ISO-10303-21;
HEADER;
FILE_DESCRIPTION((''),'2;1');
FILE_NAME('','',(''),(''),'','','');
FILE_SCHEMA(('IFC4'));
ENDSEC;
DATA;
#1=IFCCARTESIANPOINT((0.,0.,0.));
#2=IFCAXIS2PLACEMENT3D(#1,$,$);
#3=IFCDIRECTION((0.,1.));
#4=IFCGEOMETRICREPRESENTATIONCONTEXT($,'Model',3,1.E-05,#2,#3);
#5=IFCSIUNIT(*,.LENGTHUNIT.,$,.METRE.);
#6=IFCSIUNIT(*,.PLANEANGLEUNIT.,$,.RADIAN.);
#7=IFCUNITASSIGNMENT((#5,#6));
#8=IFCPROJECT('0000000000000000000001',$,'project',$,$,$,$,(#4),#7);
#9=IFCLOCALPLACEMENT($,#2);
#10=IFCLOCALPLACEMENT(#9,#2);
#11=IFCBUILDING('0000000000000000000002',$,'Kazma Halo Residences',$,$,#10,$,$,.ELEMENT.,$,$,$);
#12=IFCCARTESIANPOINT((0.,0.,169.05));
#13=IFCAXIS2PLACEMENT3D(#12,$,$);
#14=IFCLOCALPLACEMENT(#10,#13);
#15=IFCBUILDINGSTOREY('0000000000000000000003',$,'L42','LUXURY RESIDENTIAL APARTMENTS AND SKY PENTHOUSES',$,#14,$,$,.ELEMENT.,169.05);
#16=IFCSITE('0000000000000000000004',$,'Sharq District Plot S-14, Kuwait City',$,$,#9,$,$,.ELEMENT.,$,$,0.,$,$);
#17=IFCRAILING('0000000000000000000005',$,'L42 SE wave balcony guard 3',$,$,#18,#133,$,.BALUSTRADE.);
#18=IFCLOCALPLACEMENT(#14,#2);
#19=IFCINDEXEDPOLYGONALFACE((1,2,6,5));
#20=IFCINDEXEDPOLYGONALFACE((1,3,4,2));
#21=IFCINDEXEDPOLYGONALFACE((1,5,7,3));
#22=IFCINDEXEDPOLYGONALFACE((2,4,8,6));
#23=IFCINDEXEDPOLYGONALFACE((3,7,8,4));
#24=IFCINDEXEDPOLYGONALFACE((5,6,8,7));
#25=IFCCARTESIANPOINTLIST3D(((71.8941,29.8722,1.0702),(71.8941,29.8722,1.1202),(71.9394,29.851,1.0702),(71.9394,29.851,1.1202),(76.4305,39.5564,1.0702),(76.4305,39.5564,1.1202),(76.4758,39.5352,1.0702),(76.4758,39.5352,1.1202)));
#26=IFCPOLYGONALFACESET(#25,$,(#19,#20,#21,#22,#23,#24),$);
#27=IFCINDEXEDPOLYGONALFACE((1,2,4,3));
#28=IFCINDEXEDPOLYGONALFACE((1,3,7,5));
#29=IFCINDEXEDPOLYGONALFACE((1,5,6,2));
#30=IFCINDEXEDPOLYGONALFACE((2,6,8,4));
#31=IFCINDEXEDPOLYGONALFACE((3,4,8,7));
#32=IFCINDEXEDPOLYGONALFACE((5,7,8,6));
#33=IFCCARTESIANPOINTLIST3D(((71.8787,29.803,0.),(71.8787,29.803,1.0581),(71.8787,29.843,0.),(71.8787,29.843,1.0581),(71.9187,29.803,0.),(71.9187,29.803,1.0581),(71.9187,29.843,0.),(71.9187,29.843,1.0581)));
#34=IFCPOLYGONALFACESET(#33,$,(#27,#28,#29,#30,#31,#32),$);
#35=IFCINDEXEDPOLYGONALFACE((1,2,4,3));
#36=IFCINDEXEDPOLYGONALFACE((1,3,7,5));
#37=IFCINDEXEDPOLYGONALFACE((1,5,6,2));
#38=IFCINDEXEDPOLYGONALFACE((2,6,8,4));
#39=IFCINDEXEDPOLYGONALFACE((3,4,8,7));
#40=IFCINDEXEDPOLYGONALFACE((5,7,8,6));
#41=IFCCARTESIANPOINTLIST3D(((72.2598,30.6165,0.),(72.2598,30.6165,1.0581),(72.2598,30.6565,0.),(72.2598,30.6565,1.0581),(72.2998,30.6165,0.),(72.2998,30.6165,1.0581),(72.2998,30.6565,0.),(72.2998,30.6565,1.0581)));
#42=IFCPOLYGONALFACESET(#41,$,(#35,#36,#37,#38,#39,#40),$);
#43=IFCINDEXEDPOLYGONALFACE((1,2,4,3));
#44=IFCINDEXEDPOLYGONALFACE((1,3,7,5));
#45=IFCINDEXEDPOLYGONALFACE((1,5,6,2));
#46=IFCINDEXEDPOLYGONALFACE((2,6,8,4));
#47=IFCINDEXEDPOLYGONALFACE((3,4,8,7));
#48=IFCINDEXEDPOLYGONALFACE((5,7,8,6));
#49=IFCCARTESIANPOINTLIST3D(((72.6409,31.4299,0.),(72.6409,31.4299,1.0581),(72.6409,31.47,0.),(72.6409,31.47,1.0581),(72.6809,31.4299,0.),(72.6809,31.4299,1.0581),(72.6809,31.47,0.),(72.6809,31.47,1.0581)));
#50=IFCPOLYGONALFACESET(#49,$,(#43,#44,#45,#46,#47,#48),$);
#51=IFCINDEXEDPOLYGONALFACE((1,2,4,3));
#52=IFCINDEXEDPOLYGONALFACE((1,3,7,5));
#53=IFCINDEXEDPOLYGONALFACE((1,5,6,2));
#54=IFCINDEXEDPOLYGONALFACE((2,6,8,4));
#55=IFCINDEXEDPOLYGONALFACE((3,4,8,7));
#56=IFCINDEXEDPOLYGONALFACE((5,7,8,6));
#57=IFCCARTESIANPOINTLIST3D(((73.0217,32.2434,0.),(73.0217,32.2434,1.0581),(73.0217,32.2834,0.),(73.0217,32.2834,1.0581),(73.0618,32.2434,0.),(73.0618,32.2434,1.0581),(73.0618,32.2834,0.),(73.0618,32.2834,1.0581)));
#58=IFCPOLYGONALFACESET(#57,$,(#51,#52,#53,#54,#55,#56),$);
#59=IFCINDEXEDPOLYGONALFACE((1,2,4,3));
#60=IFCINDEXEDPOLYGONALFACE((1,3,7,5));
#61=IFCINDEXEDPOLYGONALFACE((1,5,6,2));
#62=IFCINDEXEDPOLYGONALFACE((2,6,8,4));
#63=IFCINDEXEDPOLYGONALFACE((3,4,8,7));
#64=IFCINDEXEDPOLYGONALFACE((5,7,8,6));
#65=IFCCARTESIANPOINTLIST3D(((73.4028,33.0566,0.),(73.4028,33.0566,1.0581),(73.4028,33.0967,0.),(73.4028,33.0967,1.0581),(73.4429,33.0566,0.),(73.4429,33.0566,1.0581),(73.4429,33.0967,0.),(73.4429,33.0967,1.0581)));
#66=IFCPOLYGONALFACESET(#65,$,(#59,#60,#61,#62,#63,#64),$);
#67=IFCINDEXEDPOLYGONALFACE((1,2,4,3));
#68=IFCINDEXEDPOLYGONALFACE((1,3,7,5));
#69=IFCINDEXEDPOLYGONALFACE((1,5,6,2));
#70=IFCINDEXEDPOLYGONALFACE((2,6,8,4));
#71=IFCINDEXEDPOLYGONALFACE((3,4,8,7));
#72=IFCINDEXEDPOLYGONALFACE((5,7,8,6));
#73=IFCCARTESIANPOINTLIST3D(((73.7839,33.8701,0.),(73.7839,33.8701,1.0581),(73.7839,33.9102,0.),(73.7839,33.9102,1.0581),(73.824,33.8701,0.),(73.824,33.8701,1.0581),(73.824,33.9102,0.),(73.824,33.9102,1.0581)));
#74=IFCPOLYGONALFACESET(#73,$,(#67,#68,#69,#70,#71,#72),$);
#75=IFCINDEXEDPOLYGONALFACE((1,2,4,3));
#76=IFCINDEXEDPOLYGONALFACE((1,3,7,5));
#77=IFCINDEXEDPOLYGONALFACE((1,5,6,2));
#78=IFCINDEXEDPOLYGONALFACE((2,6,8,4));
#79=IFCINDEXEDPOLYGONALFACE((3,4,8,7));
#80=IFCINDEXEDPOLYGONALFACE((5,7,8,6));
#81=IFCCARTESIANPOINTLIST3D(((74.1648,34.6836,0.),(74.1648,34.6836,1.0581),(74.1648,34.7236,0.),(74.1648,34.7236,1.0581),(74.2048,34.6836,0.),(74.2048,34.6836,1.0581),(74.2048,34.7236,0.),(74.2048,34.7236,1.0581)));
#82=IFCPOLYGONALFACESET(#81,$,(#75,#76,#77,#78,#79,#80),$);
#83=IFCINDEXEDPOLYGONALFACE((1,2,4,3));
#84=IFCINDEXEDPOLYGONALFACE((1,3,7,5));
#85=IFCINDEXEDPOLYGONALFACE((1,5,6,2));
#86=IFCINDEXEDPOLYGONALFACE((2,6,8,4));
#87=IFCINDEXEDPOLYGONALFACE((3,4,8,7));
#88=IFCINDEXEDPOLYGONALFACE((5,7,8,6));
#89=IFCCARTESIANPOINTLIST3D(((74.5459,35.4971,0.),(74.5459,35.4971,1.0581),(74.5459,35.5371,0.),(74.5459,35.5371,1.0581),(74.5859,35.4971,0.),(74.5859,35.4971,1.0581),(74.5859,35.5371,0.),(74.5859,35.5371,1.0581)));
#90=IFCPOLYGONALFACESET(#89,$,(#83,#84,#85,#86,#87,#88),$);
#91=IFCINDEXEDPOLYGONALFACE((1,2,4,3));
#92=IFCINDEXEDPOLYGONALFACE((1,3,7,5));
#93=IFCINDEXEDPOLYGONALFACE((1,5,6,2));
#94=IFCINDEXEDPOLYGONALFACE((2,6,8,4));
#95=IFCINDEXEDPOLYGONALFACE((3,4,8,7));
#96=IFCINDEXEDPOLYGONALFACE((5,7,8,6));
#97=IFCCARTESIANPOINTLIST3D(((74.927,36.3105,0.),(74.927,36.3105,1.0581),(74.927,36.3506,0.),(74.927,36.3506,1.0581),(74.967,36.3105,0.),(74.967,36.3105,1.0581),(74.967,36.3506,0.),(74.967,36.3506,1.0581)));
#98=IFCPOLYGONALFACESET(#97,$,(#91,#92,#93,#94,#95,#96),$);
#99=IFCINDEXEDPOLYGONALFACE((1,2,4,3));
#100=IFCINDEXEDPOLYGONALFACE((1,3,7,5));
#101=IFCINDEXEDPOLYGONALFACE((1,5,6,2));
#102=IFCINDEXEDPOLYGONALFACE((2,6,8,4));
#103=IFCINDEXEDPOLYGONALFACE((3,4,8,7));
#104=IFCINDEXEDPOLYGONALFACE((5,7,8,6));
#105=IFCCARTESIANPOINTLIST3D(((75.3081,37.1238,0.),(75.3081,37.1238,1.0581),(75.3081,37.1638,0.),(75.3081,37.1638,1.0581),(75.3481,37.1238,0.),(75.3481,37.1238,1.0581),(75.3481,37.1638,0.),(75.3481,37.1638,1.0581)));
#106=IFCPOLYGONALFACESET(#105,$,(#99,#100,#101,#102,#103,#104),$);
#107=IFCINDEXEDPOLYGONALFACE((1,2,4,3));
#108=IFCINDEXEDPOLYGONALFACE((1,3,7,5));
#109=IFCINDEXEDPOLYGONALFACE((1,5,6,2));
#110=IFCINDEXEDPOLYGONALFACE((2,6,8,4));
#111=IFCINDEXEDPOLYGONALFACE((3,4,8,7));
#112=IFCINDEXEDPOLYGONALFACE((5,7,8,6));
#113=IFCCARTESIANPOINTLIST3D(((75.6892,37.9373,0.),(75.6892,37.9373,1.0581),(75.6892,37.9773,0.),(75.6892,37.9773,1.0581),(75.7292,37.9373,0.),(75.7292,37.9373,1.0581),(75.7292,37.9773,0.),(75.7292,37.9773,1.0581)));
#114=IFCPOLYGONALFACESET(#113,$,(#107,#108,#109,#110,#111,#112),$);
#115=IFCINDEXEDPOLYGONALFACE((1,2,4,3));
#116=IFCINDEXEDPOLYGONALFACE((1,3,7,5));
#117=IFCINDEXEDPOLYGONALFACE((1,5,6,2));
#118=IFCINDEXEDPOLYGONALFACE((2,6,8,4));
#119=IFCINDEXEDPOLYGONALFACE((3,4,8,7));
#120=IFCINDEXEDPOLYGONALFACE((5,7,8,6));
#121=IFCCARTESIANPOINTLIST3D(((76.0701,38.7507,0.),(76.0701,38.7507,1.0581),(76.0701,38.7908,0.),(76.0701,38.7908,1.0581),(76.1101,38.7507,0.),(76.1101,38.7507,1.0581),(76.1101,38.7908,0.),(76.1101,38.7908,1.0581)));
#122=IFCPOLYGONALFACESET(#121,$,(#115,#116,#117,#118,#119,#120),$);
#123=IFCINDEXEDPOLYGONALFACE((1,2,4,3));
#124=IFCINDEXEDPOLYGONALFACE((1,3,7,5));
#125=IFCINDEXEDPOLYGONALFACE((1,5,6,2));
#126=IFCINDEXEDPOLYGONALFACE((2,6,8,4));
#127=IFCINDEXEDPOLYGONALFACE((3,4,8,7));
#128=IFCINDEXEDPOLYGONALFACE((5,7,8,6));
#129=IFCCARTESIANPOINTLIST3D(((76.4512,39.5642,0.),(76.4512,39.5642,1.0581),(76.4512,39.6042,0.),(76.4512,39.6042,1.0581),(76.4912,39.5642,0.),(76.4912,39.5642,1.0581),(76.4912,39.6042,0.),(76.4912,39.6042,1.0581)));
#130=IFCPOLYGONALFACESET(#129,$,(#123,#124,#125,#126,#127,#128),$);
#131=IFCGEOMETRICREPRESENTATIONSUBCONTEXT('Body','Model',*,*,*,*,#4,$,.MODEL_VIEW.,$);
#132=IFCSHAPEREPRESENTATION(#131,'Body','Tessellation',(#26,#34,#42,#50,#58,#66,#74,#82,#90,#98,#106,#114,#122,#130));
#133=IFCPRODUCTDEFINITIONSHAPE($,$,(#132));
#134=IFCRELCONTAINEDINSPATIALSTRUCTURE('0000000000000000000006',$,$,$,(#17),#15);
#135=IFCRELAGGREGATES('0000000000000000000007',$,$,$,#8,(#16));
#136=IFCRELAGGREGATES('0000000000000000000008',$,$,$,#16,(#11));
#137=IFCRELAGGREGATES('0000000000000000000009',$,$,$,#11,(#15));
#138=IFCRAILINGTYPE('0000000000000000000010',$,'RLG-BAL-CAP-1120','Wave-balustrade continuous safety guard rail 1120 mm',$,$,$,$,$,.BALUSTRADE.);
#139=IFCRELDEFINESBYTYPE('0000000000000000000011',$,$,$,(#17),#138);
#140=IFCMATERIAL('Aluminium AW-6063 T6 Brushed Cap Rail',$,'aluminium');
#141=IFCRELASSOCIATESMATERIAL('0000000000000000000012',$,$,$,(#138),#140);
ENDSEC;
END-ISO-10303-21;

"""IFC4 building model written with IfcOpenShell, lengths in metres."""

from ifc_helpers import new_model, si_unit, direction, frame, origin, origin_2d, place, context, subcontext, project, spatial, rectangle, extrude, material, type_object, element, save


model = new_model("IFC4")

# Units and contexts
model_context = context("Model", 3, precision=1e-05, world=origin(), true_north=direction((0.0, 1.0)))
body_context = subcontext(model_context, "Body", "Model", "MODEL_VIEW")
ifc_project = project(units=[si_unit("LENGTHUNIT", "METRE"), si_unit("PLANEANGLEUNIT", "RADIAN")], contexts=[model_context])

# Site, building, storey
site_placement = place(None, origin())
site = spatial("IfcSite", under=ifc_project, at=site_placement, Name="Sharq District Plot S-14, Kuwait City", CompositionType="ELEMENT", RefElevation=0.0)
building_placement = place(site_placement, origin())
building = spatial("IfcBuilding", under=site, at=building_placement, Name="Kazma Halo Residences", CompositionType="ELEMENT")
storey_placement = place(building_placement, frame((0.0, 0.0, 169.05)))
storey = spatial("IfcBuildingStorey", under=building, at=storey_placement, Name="L42", Description="LUXURY RESIDENTIAL APARTMENTS AND SKY PENTHOUSES", CompositionType="ELEMENT", Elevation=169.05)

# Railing
ifc_material_1 = material(Name="Aluminium AW-6063 T6 Brushed Cap Rail", Category="aluminium")
railing_type = type_object("IfcRailingType", Name="RLG-BAL-CAP-1120", Description="Wave-balustrade continuous safety guard rail 1120 mm", PredefinedType="BALUSTRADE", material=ifc_material_1)
railing_1_placement = place(storey_placement, frame((71.8987, 29.823, 0.0)))
element("IfcRailing", 1, at=railing_1_placement, inside=storey, type_object=railing_type, Name="L42 SE wave balcony guard 3", PredefinedType="BALUSTRADE", context=body_context, shape_type="SweptSolid", body=[
    extrude(rectangle(XDim=0.05, YDim=0.05, at=origin_2d()), frame((0.0181, 0.0386, 1.0952), z_axis=(0.424201, 0.905568, 0.0), x_axis=(-0.905568, 0.424201, 0.0)), (0.0, 0.0, 1.0), 10.6941),
    extrude(rectangle(XDim=0.04, YDim=0.04, at=origin_2d()), origin(), (0.0, 0.0, 1.0), 1.0581),
    extrude(rectangle(XDim=0.04, YDim=0.04, at=origin_2d()), frame((0.3811, 0.8135, 0.0)), (0.0, 0.0, 1.0), 1.0581),
    extrude(rectangle(XDim=0.04, YDim=0.04, at=origin_2d()), frame((0.7622, 1.627, 0.0)), (0.0, 0.0, 1.0), 1.0581),
    extrude(rectangle(XDim=0.04, YDim=0.04, at=origin_2d()), frame((1.1431, 2.4404, 0.0)), (0.0, 0.0, 1.0), 1.0581),
    extrude(rectangle(XDim=0.04, YDim=0.04, at=origin_2d()), frame((1.5242, 3.2537, 0.0)), (0.0, 0.0, 1.0), 1.0581),
    extrude(rectangle(XDim=0.04, YDim=0.04, at=origin_2d()), frame((1.9053, 4.0671, 0.0)), (0.0, 0.0, 1.0), 1.0581),
    extrude(rectangle(XDim=0.04, YDim=0.04, at=origin_2d()), frame((2.2861, 4.8806, 0.0)), (0.0, 0.0, 1.0), 1.0581),
    extrude(rectangle(XDim=0.04, YDim=0.04, at=origin_2d()), frame((2.6672, 5.6941, 0.0)), (0.0, 0.0, 1.0), 1.0581),
    extrude(rectangle(XDim=0.04, YDim=0.04, at=origin_2d()), frame((3.0483, 6.5076, 0.0)), (0.0, 0.0, 1.0), 1.0581),
    extrude(rectangle(XDim=0.04, YDim=0.04, at=origin_2d()), frame((3.4294, 7.3208, 0.0)), (0.0, 0.0, 1.0), 1.0581),
    extrude(rectangle(XDim=0.04, YDim=0.04, at=origin_2d()), frame((3.8105, 8.1343, 0.0)), (0.0, 0.0, 1.0), 1.0581),
    extrude(rectangle(XDim=0.04, YDim=0.04, at=origin_2d()), frame((4.1914, 8.9478, 0.0)), (0.0, 0.0, 1.0), 1.0581),
    extrude(rectangle(XDim=0.04, YDim=0.04, at=origin_2d()), frame((4.5725, 9.7612, 0.0)), (0.0, 0.0, 1.0), 1.0581),
])

save(model, "model.ifc")
